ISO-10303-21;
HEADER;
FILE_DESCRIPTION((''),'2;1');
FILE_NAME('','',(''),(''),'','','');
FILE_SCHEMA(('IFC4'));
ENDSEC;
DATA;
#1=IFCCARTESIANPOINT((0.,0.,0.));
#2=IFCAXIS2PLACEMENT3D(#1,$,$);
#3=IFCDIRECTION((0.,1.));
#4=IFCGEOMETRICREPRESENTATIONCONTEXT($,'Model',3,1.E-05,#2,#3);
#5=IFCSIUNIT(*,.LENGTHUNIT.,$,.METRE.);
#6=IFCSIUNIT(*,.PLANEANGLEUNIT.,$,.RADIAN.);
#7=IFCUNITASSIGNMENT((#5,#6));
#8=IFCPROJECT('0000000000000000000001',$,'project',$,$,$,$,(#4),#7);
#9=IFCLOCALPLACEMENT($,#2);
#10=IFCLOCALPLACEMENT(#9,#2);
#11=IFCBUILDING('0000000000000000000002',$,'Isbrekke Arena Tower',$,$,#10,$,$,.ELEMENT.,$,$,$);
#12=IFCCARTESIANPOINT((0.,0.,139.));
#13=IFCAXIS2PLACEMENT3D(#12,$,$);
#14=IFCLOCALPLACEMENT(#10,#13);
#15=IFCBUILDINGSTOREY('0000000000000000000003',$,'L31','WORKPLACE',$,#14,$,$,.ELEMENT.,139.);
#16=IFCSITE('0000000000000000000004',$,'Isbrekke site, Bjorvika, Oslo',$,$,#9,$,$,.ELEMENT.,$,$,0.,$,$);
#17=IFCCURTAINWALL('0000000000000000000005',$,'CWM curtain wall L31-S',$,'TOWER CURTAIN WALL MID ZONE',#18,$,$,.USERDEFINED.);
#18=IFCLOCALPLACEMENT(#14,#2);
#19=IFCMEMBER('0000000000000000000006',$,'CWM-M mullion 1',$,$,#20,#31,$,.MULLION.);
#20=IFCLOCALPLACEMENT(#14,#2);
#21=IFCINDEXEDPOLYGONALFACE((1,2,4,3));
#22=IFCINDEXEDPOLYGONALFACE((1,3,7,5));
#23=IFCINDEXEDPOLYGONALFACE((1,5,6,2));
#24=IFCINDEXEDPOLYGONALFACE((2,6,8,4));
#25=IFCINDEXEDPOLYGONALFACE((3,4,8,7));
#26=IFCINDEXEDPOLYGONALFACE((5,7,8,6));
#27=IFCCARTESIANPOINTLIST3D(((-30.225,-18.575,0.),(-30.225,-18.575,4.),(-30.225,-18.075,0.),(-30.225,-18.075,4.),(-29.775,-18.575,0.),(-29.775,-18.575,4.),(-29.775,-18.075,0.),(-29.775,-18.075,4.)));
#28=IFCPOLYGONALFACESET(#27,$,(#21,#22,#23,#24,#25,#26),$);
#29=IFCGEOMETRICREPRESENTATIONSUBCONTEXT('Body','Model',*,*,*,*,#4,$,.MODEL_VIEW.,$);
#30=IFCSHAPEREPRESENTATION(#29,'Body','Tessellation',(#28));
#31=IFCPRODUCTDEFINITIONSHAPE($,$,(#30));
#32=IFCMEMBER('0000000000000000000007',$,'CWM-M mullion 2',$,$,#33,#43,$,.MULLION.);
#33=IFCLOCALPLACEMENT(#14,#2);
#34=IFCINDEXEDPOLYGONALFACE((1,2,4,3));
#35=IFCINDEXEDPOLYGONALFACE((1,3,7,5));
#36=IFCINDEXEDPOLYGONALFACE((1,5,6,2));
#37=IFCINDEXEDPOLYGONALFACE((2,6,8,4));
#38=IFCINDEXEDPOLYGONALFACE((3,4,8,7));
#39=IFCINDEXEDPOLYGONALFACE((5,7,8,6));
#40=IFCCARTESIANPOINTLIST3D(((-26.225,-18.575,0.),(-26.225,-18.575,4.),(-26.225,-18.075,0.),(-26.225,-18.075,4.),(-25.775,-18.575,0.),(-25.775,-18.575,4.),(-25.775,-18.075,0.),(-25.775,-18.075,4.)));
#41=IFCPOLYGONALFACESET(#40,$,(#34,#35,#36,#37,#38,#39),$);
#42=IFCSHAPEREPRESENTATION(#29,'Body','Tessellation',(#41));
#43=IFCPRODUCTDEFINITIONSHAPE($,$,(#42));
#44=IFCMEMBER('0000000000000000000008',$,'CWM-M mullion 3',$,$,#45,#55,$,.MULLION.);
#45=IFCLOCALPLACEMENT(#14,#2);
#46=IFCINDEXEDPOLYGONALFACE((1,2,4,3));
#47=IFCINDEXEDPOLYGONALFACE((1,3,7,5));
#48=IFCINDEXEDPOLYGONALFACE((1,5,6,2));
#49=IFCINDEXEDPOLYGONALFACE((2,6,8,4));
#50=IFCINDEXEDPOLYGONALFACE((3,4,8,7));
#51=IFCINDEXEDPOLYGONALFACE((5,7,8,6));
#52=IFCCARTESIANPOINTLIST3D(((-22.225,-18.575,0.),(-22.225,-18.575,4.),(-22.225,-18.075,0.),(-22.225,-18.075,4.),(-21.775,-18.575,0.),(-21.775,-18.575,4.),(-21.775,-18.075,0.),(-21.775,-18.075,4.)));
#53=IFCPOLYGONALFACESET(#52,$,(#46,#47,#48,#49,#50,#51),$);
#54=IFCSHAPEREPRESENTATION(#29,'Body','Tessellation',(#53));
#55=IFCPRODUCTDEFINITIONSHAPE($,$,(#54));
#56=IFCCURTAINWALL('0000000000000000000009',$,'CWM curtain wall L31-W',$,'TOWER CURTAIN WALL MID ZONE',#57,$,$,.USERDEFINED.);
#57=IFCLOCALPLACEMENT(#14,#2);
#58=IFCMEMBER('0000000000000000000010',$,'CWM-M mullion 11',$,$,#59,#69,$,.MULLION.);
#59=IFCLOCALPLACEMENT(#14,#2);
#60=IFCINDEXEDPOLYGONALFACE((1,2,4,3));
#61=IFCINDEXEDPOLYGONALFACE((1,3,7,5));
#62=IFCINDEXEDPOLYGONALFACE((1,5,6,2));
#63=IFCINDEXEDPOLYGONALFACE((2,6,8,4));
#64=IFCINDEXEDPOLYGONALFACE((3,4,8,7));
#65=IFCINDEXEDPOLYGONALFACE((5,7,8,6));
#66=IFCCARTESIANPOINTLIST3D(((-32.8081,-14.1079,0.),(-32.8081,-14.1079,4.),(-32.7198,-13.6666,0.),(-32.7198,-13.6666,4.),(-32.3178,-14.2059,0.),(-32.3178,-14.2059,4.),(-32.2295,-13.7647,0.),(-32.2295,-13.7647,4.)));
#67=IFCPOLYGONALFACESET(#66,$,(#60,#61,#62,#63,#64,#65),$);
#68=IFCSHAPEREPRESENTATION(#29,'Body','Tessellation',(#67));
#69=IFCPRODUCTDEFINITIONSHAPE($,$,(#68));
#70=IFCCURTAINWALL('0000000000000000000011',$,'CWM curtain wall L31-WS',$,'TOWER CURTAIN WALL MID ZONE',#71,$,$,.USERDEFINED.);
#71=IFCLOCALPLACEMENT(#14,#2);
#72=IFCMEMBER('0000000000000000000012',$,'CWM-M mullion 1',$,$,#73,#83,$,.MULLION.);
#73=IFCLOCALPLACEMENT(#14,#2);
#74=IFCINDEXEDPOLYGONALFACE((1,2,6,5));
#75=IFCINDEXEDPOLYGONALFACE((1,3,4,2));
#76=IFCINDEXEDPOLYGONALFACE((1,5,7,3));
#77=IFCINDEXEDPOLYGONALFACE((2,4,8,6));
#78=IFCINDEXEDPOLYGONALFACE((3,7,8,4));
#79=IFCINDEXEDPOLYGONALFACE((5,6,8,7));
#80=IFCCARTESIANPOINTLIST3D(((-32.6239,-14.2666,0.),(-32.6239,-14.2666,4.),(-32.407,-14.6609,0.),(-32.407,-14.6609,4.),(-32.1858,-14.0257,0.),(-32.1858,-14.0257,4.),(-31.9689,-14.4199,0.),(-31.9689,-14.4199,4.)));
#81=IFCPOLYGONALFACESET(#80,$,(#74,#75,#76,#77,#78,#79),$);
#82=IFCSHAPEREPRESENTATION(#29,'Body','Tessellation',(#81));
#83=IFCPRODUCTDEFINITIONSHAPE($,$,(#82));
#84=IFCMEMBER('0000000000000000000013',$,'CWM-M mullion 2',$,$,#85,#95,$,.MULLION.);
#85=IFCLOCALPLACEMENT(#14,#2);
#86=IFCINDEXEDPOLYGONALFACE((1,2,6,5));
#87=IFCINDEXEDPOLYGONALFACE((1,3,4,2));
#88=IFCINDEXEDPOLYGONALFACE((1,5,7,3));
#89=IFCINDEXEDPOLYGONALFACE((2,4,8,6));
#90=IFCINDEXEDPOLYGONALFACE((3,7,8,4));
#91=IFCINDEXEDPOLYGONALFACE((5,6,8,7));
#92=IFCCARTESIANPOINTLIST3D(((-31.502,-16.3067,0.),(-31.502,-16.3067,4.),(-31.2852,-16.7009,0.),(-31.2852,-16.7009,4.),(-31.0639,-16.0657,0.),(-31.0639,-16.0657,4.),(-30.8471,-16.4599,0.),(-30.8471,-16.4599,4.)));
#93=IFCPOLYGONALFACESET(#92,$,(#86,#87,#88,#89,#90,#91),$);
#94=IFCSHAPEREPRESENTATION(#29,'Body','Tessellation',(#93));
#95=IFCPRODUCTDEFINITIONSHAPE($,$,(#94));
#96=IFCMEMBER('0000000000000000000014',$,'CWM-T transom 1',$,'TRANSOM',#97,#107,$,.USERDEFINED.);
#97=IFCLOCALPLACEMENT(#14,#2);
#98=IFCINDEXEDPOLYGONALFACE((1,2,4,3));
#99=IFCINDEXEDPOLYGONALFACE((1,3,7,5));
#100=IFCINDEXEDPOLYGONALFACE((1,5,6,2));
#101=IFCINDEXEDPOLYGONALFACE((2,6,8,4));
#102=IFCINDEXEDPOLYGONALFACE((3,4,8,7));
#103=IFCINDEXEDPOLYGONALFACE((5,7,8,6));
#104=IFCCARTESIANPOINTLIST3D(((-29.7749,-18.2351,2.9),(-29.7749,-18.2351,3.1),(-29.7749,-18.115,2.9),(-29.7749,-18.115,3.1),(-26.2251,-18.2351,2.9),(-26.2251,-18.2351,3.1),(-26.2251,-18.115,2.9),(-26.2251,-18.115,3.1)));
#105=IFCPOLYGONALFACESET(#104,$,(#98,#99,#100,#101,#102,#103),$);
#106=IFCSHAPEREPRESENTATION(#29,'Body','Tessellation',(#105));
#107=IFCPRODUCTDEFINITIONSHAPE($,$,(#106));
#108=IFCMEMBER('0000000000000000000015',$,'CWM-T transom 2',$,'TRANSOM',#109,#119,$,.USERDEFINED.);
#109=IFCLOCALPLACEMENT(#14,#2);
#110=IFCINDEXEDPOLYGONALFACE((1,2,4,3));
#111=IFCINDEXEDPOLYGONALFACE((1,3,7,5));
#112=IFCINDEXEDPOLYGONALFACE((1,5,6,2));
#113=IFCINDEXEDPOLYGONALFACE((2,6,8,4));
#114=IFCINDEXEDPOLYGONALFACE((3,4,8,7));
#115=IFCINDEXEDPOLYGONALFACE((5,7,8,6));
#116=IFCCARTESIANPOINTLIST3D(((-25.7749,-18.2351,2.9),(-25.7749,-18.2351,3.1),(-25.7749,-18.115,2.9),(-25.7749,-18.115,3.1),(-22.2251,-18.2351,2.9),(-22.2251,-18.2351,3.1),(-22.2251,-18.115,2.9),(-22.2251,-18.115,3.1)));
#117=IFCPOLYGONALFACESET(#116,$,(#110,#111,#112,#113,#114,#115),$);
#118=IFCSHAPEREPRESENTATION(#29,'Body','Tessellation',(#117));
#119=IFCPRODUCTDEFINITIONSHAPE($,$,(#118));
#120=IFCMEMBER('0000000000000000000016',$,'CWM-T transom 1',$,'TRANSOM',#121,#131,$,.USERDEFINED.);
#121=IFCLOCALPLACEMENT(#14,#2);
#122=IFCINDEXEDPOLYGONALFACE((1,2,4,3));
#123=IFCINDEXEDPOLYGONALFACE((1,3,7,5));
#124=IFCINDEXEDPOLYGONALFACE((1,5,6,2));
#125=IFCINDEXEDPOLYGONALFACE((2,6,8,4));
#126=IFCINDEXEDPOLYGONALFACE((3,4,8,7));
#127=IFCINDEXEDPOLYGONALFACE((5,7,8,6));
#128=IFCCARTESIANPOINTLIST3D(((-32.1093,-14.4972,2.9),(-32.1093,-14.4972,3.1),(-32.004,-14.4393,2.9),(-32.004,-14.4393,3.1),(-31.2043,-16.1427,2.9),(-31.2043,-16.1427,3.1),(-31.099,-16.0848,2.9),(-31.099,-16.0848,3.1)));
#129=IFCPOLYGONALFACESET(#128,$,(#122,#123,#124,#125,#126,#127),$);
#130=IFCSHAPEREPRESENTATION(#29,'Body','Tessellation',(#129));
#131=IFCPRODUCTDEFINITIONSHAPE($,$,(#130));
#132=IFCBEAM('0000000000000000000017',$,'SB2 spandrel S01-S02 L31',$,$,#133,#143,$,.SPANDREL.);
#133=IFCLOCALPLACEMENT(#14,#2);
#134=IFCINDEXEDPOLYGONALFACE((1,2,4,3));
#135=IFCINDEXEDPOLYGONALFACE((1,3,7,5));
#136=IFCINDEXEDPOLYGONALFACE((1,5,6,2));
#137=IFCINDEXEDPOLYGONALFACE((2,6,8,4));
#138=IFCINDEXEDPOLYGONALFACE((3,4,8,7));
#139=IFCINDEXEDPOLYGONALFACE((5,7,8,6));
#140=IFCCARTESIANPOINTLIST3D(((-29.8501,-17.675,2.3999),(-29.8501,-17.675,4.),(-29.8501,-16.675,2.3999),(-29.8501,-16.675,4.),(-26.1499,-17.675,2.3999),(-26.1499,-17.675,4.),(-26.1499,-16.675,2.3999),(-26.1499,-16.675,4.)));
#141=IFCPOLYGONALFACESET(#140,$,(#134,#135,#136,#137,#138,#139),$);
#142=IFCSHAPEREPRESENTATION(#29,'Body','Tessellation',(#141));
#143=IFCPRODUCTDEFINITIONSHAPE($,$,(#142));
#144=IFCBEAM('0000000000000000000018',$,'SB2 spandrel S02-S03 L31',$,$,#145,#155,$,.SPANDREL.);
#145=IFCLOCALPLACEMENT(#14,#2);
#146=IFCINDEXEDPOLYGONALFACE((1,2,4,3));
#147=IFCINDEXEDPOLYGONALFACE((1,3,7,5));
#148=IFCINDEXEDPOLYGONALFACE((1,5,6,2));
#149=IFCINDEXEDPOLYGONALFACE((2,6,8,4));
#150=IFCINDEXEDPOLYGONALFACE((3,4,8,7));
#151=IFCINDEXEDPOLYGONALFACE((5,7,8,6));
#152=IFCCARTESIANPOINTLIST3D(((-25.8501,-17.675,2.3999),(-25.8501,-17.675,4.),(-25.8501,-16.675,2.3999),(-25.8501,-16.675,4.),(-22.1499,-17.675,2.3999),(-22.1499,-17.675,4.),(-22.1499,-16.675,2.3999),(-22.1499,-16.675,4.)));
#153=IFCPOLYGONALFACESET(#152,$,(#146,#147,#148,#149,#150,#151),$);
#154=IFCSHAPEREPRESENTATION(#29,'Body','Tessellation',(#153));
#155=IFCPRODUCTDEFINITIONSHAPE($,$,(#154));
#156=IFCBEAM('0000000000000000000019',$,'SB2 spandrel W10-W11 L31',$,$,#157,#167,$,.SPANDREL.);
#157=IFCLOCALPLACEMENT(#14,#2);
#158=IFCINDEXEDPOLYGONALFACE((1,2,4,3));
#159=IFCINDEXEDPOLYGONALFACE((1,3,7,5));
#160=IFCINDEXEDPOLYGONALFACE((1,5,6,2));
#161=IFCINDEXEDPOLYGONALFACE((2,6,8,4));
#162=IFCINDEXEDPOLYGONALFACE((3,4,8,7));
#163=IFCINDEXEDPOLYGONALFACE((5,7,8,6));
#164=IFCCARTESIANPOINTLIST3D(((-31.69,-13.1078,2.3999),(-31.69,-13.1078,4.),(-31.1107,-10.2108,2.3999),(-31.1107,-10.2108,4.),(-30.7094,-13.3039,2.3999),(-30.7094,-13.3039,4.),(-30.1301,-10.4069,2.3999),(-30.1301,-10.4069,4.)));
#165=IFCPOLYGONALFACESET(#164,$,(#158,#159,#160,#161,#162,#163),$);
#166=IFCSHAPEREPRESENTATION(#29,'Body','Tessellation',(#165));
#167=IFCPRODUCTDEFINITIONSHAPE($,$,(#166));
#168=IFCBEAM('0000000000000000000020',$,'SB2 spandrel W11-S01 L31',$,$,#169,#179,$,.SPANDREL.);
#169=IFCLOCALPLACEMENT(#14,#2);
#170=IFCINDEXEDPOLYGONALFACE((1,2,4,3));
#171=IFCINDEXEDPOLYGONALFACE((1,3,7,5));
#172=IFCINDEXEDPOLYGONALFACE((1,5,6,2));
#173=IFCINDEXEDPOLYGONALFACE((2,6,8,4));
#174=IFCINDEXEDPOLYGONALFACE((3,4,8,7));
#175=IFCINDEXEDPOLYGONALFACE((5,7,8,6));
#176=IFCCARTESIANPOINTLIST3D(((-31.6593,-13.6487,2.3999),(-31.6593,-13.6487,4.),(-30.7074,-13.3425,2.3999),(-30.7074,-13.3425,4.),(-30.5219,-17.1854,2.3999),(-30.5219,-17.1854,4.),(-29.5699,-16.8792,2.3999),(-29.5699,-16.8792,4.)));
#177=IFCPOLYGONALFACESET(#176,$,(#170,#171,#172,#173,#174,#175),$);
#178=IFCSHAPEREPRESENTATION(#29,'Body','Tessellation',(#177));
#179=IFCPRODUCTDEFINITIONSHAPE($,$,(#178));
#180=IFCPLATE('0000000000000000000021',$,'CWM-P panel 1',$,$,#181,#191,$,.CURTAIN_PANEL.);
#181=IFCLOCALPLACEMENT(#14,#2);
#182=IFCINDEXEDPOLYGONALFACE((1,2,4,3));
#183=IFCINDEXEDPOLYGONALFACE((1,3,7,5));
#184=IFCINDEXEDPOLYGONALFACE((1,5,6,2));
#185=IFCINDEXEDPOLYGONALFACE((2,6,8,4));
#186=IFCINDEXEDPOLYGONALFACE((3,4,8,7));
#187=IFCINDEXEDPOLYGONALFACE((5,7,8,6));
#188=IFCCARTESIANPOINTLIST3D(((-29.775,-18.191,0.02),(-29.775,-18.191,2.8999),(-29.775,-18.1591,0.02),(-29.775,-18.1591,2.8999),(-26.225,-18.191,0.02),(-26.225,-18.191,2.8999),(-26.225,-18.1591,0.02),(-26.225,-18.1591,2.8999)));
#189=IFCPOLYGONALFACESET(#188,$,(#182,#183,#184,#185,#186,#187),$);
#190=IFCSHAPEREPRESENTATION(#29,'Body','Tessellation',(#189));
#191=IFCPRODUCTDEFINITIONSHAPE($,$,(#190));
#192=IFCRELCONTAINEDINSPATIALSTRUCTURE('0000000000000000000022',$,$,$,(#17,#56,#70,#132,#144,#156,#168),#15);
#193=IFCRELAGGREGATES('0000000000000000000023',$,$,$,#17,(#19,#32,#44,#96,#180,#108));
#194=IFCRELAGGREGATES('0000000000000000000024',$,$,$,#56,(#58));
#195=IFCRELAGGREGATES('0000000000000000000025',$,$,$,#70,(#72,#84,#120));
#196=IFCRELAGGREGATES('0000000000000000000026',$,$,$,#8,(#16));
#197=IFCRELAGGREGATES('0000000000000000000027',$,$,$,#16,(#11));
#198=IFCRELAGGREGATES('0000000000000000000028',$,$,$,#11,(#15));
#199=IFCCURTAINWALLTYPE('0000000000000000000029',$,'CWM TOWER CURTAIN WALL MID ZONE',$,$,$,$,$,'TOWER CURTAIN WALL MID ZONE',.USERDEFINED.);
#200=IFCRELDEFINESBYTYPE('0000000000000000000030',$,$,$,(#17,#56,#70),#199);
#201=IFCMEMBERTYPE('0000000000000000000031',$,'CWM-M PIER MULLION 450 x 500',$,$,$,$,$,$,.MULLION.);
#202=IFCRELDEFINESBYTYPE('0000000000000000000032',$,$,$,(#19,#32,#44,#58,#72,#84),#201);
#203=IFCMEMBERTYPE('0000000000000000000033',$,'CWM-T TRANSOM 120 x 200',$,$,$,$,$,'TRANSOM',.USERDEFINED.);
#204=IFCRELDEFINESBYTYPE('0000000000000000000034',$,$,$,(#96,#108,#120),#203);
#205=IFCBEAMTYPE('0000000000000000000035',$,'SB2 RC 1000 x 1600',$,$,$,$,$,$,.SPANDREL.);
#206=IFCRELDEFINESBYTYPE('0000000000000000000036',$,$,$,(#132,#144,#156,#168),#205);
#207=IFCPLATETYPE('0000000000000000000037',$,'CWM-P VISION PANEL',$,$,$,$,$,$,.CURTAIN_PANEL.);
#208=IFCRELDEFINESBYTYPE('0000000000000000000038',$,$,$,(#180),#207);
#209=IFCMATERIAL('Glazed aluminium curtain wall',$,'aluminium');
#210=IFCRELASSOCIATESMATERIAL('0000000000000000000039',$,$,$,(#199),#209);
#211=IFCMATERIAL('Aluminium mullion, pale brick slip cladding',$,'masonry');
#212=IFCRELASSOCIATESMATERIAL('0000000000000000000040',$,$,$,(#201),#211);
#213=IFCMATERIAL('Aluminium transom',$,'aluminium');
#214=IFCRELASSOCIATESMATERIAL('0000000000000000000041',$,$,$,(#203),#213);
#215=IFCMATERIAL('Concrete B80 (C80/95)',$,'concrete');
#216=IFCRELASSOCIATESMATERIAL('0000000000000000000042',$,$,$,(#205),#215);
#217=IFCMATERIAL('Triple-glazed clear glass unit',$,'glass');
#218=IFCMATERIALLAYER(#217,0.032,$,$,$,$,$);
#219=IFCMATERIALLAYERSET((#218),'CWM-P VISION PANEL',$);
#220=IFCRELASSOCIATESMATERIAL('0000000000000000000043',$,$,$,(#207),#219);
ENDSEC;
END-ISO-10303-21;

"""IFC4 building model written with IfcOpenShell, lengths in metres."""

from ifc_helpers import new_model, si_unit, direction, frame, origin, origin_2d, place, context, subcontext, project, spatial, rectangle, extrude, material, layer, layer_set, material_profile, profile_set, type_object, element, aggregate, save


model = new_model("IFC4")

# Units and contexts
model_context = context("Model", 3, precision=1e-05, world=origin(), true_north=direction((0.0, 1.0)))
body_context = subcontext(model_context, "Body", "Model", "MODEL_VIEW")
ifc_project = project(units=[si_unit("LENGTHUNIT", "METRE"), si_unit("PLANEANGLEUNIT", "RADIAN")], contexts=[model_context])

# Site, building, storey
site_placement = place(None, origin())
site = spatial("IfcSite", under=ifc_project, at=site_placement, Name="Isbrekke site, Bjorvika, Oslo", CompositionType="ELEMENT", RefElevation=0.0)
building_placement = place(site_placement, origin())
building = spatial("IfcBuilding", under=site, at=building_placement, Name="Isbrekke Arena Tower", CompositionType="ELEMENT")
storey_placement = place(building_placement, frame((0.0, 0.0, 139.0)))
storey = spatial("IfcBuildingStorey", under=building, at=storey_placement, Name="L31", Description="WORKPLACE", CompositionType="ELEMENT", Elevation=139.0)

# Curtain wall, members
ifc_material_1 = material(Name="Glazed aluminium curtain wall", Category="aluminium")
curtain_wall_type = type_object("IfcCurtainWallType", Name="CWM TOWER CURTAIN WALL MID ZONE", ElementType="TOWER CURTAIN WALL MID ZONE", PredefinedType="USERDEFINED", material=ifc_material_1)
curtain_wall_1_placement = place(storey_placement, origin())
curtain_wall_1 = element("IfcCurtainWall", 1, at=curtain_wall_1_placement, inside=storey, type_object=curtain_wall_type, Name="CWM curtain wall L31-S", ObjectType="TOWER CURTAIN WALL MID ZONE", PredefinedType="USERDEFINED")
ifc_material_2 = material(Name="Aluminium mullion, pale brick slip cladding", Category="masonry")
ifc_material_profile_1 = material_profile(ifc_material_2, rectangle(XDim=0.45, YDim=0.5, at=origin_2d()), Name="PIER 450X500")
ifc_profile_set_1 = profile_set([ifc_material_profile_1], Name="Aluminium mullion, pale brick slip cladding")
member_type_1 = type_object("IfcMemberType", Name="CWM-M PIER MULLION 450 x 500", PredefinedType="MULLION", material=ifc_profile_set_1)
member_1_placement = place(storey_placement, frame((-30.0, -18.325, 0.0), z_axis=(0.0, 0.0, 1.0), x_axis=(1.0, 0.0, 0.0)))
member_1 = element("IfcMember", 2, at=member_1_placement, type_object=member_type_1, Name="CWM-M mullion 1", PredefinedType="MULLION", context=body_context, shape_type="SweptSolid", body=[
    extrude(rectangle(XDim=0.45, YDim=0.5, at=origin_2d()), origin(), (0.0, 0.0, 1.0), 4.0),
])
member_2_placement = place(storey_placement, frame((-26.0, -18.325, 0.0), z_axis=(0.0, 0.0, 1.0), x_axis=(1.0, 0.0, 0.0)))
member_2 = element("IfcMember", 3, at=member_2_placement, type_object=member_type_1, Name="CWM-M mullion 2", PredefinedType="MULLION", context=body_context, shape_type="SweptSolid", body=[
    extrude(rectangle(XDim=0.45, YDim=0.5, at=origin_2d()), origin(), (0.0, 0.0, 1.0), 4.0),
])
member_3_placement = place(storey_placement, frame((-22.0, -18.325, 0.0), z_axis=(0.0, 0.0, 1.0), x_axis=(1.0, 0.0, 0.0)))
member_3 = element("IfcMember", 4, at=member_3_placement, type_object=member_type_1, Name="CWM-M mullion 3", PredefinedType="MULLION", context=body_context, shape_type="SweptSolid", body=[
    extrude(rectangle(XDim=0.45, YDim=0.5, at=origin_2d()), origin(), (0.0, 0.0, 1.0), 4.0),
])

# Curtain wall, member
curtain_wall_2_placement = place(storey_placement, origin())
curtain_wall_2 = element("IfcCurtainWall", 5, at=curtain_wall_2_placement, inside=storey, type_object=curtain_wall_type, Name="CWM curtain wall L31-W", ObjectType="TOWER CURTAIN WALL MID ZONE", PredefinedType="USERDEFINED")
member_4_placement = place(storey_placement, frame((-32.5188, -13.9363, 0.0), z_axis=(0.0, 0.0, 1.0), x_axis=(-0.196116, -0.980581, 0.0)))
member_4 = element("IfcMember", 6, at=member_4_placement, type_object=member_type_1, Name="CWM-M mullion 11", PredefinedType="MULLION", context=body_context, shape_type="SweptSolid", body=[
    extrude(rectangle(XDim=0.45, YDim=0.5, at=origin_2d()), origin(), (0.0, 0.0, 1.0), 4.0),
])

# Curtain wall, members
curtain_wall_3_placement = place(storey_placement, origin())
curtain_wall_3 = element("IfcCurtainWall", 7, at=curtain_wall_3_placement, inside=storey, type_object=curtain_wall_type, Name="CWM curtain wall L31-WS", ObjectType="TOWER CURTAIN WALL MID ZONE", PredefinedType="USERDEFINED")
member_5_placement = place(storey_placement, frame((-32.2964, -14.3433, 0.0), z_axis=(0.0, 0.0, 1.0), x_axis=(0.481919, -0.876216, 0.0)))
member_5 = element("IfcMember", 8, at=member_5_placement, type_object=member_type_1, Name="CWM-M mullion 1", PredefinedType="MULLION", context=body_context, shape_type="SweptSolid", body=[
    extrude(rectangle(XDim=0.45, YDim=0.5, at=origin_2d()), origin(), (0.0, 0.0, 1.0), 4.0),
])
member_6_placement = place(storey_placement, frame((-31.1746, -16.3833, 0.0), z_axis=(0.0, 0.0, 1.0), x_axis=(0.481919, -0.876216, 0.0)))
member_6 = element("IfcMember", 9, at=member_6_placement, type_object=member_type_1, Name="CWM-M mullion 2", PredefinedType="MULLION", context=body_context, shape_type="SweptSolid", body=[
    extrude(rectangle(XDim=0.45, YDim=0.5, at=origin_2d()), origin(), (0.0, 0.0, 1.0), 4.0),
])

# Members
ifc_material_3 = material(Name="Aluminium transom", Category="aluminium")
ifc_material_profile_2 = material_profile(ifc_material_3, rectangle(XDim=0.1201, YDim=0.2, at=origin_2d()), Name="TRANSOM 120X200")
ifc_profile_set_2 = profile_set([ifc_material_profile_2], Name="Aluminium transom")
member_type_2 = type_object("IfcMemberType", Name="CWM-T TRANSOM 120 x 200", ElementType="TRANSOM", PredefinedType="USERDEFINED", material=ifc_profile_set_2)
member_7_placement = place(storey_placement, frame((-29.7749, -18.175, 3.0), z_axis=(1.0, 0.0, 0.0), x_axis=(0.0, 1.0, 0.0)))
member_7 = element("IfcMember", 10, at=member_7_placement, type_object=member_type_2, Name="CWM-T transom 1", ObjectType="TRANSOM", PredefinedType="USERDEFINED", context=body_context, shape_type="SweptSolid", body=[
    extrude(rectangle(XDim=0.1201, YDim=0.2, at=origin_2d()), origin(), (0.0, 0.0, 1.0), 3.5498),
])
member_8_placement = place(storey_placement, frame((-25.7749, -18.175, 3.0), z_axis=(1.0, 0.0, 0.0), x_axis=(0.0, 1.0, 0.0)))
member_8 = element("IfcMember", 11, at=member_8_placement, type_object=member_type_2, Name="CWM-T transom 2", ObjectType="TRANSOM", PredefinedType="USERDEFINED", context=body_context, shape_type="SweptSolid", body=[
    extrude(rectangle(XDim=0.1201, YDim=0.2, at=origin_2d()), origin(), (0.0, 0.0, 1.0), 3.5498),
])
member_9_placement = place(storey_placement, frame((-32.0566, -14.4683, 3.0), z_axis=(0.481919, -0.876216, 0.0), x_axis=(0.876216, 0.481919, 0.0)))
member_9 = element("IfcMember", 12, at=member_9_placement, type_object=member_type_2, Name="CWM-T transom 1", ObjectType="TRANSOM", PredefinedType="USERDEFINED", context=body_context, shape_type="SweptSolid", body=[
    extrude(rectangle(XDim=0.1201, YDim=0.2, at=origin_2d()), origin(), (0.0, 0.0, 1.0), 1.8779),
])

# Beams
ifc_material_4 = material(Name="Concrete B80 (C80/95)", Category="concrete")
ifc_material_profile_3 = material_profile(ifc_material_4, rectangle(XDim=1.0, YDim=1.6001, at=origin_2d()), Name="RC 1000x1600")
ifc_profile_set_3 = profile_set([ifc_material_profile_3], Name="Concrete B80 (C80/95)")
beam_type_1 = type_object("IfcBeamType", Name="SB2 RC 1000 x 1600", PredefinedType="SPANDREL", material=ifc_profile_set_3)
for number, where, z_axis, x_axis, name in (
    (13, (-29.8501, -17.175, 3.2), (1.0, 0.0, 0.0), (0.0, 1.0, 0.0), "SB2 spandrel S01-S02 L31"),
    (14, (-25.8501, -17.175, 3.2), (1.0, 0.0, 0.0), (0.0, 1.0, 0.0), "SB2 spandrel S02-S03 L31"),
):
    element("IfcBeam", number, at=place(storey_placement, frame(where, z_axis=z_axis, x_axis=x_axis)), inside=storey, type_object=beam_type_1, Name=name, PredefinedType="SPANDREL", context=body_context, shape_type="SweptSolid", body=[
        extrude(rectangle(XDim=1.0, YDim=1.6001, at=origin_2d()), origin(), (0.0, 0.0, 1.0), 3.7002),
    ])
beam_1_placement = place(storey_placement, frame((-30.6204, -10.3088, 3.2), z_axis=(-0.1961, -0.980584, 0.0), x_axis=(0.980584, -0.1961, 0.0)))
element("IfcBeam", 15, at=beam_1_placement, inside=storey, type_object=beam_type_1, Name="SB2 spandrel W10-W11 L31", PredefinedType="SPANDREL", context=body_context, shape_type="SweptSolid", body=[
    extrude(rectangle(XDim=1.0, YDim=1.6001, at=origin_2d()), origin(), (0.0, 0.0, 1.0), 2.9543),
])
beam_2_placement = place(storey_placement, frame((-31.1833, -13.4956, 3.2), z_axis=(0.306175, -0.951975, 0.0), x_axis=(0.951975, 0.306175, 0.0)))
element("IfcBeam", 16, at=beam_2_placement, inside=storey, type_object=beam_type_1, Name="SB2 spandrel W11-S01 L31", PredefinedType="SPANDREL", context=body_context, shape_type="SweptSolid", body=[
    extrude(rectangle(XDim=1.0, YDim=1.6001, at=origin_2d()), origin(), (0.0, 0.0, 1.0), 3.7151),
])

# Plate
ifc_material_5 = material(Name="Triple-glazed clear glass unit", Category="glass")
ifc_layer = layer(ifc_material_5, 0.032)
ifc_layer_set = layer_set([ifc_layer], Name="CWM-P VISION PANEL")
plate_type = type_object("IfcPlateType", Name="CWM-P VISION PANEL", PredefinedType="CURTAIN_PANEL", material=ifc_layer_set)
plate_1_placement = place(storey_placement, frame((-28.0, -18.175, 0.02), z_axis=(0.0, 0.0, 1.0), x_axis=(1.0, 0.0, 0.0)))
plate_1 = element("IfcPlate", 17, at=plate_1_placement, type_object=plate_type, Name="CWM-P panel 1", PredefinedType="CURTAIN_PANEL", context=body_context, shape_type="SweptSolid", body=[
    extrude(rectangle(XDim=3.55, YDim=0.032, at=origin_2d()), origin(), (0.0, 0.0, 1.0), 2.8799),
])
aggregate(curtain_wall_1, [member_1, member_2, member_3, member_7, plate_1, member_8])
aggregate(curtain_wall_2, [member_4])
aggregate(curtain_wall_3, [member_5, member_6, member_9])

save(model, "model.ifc")
